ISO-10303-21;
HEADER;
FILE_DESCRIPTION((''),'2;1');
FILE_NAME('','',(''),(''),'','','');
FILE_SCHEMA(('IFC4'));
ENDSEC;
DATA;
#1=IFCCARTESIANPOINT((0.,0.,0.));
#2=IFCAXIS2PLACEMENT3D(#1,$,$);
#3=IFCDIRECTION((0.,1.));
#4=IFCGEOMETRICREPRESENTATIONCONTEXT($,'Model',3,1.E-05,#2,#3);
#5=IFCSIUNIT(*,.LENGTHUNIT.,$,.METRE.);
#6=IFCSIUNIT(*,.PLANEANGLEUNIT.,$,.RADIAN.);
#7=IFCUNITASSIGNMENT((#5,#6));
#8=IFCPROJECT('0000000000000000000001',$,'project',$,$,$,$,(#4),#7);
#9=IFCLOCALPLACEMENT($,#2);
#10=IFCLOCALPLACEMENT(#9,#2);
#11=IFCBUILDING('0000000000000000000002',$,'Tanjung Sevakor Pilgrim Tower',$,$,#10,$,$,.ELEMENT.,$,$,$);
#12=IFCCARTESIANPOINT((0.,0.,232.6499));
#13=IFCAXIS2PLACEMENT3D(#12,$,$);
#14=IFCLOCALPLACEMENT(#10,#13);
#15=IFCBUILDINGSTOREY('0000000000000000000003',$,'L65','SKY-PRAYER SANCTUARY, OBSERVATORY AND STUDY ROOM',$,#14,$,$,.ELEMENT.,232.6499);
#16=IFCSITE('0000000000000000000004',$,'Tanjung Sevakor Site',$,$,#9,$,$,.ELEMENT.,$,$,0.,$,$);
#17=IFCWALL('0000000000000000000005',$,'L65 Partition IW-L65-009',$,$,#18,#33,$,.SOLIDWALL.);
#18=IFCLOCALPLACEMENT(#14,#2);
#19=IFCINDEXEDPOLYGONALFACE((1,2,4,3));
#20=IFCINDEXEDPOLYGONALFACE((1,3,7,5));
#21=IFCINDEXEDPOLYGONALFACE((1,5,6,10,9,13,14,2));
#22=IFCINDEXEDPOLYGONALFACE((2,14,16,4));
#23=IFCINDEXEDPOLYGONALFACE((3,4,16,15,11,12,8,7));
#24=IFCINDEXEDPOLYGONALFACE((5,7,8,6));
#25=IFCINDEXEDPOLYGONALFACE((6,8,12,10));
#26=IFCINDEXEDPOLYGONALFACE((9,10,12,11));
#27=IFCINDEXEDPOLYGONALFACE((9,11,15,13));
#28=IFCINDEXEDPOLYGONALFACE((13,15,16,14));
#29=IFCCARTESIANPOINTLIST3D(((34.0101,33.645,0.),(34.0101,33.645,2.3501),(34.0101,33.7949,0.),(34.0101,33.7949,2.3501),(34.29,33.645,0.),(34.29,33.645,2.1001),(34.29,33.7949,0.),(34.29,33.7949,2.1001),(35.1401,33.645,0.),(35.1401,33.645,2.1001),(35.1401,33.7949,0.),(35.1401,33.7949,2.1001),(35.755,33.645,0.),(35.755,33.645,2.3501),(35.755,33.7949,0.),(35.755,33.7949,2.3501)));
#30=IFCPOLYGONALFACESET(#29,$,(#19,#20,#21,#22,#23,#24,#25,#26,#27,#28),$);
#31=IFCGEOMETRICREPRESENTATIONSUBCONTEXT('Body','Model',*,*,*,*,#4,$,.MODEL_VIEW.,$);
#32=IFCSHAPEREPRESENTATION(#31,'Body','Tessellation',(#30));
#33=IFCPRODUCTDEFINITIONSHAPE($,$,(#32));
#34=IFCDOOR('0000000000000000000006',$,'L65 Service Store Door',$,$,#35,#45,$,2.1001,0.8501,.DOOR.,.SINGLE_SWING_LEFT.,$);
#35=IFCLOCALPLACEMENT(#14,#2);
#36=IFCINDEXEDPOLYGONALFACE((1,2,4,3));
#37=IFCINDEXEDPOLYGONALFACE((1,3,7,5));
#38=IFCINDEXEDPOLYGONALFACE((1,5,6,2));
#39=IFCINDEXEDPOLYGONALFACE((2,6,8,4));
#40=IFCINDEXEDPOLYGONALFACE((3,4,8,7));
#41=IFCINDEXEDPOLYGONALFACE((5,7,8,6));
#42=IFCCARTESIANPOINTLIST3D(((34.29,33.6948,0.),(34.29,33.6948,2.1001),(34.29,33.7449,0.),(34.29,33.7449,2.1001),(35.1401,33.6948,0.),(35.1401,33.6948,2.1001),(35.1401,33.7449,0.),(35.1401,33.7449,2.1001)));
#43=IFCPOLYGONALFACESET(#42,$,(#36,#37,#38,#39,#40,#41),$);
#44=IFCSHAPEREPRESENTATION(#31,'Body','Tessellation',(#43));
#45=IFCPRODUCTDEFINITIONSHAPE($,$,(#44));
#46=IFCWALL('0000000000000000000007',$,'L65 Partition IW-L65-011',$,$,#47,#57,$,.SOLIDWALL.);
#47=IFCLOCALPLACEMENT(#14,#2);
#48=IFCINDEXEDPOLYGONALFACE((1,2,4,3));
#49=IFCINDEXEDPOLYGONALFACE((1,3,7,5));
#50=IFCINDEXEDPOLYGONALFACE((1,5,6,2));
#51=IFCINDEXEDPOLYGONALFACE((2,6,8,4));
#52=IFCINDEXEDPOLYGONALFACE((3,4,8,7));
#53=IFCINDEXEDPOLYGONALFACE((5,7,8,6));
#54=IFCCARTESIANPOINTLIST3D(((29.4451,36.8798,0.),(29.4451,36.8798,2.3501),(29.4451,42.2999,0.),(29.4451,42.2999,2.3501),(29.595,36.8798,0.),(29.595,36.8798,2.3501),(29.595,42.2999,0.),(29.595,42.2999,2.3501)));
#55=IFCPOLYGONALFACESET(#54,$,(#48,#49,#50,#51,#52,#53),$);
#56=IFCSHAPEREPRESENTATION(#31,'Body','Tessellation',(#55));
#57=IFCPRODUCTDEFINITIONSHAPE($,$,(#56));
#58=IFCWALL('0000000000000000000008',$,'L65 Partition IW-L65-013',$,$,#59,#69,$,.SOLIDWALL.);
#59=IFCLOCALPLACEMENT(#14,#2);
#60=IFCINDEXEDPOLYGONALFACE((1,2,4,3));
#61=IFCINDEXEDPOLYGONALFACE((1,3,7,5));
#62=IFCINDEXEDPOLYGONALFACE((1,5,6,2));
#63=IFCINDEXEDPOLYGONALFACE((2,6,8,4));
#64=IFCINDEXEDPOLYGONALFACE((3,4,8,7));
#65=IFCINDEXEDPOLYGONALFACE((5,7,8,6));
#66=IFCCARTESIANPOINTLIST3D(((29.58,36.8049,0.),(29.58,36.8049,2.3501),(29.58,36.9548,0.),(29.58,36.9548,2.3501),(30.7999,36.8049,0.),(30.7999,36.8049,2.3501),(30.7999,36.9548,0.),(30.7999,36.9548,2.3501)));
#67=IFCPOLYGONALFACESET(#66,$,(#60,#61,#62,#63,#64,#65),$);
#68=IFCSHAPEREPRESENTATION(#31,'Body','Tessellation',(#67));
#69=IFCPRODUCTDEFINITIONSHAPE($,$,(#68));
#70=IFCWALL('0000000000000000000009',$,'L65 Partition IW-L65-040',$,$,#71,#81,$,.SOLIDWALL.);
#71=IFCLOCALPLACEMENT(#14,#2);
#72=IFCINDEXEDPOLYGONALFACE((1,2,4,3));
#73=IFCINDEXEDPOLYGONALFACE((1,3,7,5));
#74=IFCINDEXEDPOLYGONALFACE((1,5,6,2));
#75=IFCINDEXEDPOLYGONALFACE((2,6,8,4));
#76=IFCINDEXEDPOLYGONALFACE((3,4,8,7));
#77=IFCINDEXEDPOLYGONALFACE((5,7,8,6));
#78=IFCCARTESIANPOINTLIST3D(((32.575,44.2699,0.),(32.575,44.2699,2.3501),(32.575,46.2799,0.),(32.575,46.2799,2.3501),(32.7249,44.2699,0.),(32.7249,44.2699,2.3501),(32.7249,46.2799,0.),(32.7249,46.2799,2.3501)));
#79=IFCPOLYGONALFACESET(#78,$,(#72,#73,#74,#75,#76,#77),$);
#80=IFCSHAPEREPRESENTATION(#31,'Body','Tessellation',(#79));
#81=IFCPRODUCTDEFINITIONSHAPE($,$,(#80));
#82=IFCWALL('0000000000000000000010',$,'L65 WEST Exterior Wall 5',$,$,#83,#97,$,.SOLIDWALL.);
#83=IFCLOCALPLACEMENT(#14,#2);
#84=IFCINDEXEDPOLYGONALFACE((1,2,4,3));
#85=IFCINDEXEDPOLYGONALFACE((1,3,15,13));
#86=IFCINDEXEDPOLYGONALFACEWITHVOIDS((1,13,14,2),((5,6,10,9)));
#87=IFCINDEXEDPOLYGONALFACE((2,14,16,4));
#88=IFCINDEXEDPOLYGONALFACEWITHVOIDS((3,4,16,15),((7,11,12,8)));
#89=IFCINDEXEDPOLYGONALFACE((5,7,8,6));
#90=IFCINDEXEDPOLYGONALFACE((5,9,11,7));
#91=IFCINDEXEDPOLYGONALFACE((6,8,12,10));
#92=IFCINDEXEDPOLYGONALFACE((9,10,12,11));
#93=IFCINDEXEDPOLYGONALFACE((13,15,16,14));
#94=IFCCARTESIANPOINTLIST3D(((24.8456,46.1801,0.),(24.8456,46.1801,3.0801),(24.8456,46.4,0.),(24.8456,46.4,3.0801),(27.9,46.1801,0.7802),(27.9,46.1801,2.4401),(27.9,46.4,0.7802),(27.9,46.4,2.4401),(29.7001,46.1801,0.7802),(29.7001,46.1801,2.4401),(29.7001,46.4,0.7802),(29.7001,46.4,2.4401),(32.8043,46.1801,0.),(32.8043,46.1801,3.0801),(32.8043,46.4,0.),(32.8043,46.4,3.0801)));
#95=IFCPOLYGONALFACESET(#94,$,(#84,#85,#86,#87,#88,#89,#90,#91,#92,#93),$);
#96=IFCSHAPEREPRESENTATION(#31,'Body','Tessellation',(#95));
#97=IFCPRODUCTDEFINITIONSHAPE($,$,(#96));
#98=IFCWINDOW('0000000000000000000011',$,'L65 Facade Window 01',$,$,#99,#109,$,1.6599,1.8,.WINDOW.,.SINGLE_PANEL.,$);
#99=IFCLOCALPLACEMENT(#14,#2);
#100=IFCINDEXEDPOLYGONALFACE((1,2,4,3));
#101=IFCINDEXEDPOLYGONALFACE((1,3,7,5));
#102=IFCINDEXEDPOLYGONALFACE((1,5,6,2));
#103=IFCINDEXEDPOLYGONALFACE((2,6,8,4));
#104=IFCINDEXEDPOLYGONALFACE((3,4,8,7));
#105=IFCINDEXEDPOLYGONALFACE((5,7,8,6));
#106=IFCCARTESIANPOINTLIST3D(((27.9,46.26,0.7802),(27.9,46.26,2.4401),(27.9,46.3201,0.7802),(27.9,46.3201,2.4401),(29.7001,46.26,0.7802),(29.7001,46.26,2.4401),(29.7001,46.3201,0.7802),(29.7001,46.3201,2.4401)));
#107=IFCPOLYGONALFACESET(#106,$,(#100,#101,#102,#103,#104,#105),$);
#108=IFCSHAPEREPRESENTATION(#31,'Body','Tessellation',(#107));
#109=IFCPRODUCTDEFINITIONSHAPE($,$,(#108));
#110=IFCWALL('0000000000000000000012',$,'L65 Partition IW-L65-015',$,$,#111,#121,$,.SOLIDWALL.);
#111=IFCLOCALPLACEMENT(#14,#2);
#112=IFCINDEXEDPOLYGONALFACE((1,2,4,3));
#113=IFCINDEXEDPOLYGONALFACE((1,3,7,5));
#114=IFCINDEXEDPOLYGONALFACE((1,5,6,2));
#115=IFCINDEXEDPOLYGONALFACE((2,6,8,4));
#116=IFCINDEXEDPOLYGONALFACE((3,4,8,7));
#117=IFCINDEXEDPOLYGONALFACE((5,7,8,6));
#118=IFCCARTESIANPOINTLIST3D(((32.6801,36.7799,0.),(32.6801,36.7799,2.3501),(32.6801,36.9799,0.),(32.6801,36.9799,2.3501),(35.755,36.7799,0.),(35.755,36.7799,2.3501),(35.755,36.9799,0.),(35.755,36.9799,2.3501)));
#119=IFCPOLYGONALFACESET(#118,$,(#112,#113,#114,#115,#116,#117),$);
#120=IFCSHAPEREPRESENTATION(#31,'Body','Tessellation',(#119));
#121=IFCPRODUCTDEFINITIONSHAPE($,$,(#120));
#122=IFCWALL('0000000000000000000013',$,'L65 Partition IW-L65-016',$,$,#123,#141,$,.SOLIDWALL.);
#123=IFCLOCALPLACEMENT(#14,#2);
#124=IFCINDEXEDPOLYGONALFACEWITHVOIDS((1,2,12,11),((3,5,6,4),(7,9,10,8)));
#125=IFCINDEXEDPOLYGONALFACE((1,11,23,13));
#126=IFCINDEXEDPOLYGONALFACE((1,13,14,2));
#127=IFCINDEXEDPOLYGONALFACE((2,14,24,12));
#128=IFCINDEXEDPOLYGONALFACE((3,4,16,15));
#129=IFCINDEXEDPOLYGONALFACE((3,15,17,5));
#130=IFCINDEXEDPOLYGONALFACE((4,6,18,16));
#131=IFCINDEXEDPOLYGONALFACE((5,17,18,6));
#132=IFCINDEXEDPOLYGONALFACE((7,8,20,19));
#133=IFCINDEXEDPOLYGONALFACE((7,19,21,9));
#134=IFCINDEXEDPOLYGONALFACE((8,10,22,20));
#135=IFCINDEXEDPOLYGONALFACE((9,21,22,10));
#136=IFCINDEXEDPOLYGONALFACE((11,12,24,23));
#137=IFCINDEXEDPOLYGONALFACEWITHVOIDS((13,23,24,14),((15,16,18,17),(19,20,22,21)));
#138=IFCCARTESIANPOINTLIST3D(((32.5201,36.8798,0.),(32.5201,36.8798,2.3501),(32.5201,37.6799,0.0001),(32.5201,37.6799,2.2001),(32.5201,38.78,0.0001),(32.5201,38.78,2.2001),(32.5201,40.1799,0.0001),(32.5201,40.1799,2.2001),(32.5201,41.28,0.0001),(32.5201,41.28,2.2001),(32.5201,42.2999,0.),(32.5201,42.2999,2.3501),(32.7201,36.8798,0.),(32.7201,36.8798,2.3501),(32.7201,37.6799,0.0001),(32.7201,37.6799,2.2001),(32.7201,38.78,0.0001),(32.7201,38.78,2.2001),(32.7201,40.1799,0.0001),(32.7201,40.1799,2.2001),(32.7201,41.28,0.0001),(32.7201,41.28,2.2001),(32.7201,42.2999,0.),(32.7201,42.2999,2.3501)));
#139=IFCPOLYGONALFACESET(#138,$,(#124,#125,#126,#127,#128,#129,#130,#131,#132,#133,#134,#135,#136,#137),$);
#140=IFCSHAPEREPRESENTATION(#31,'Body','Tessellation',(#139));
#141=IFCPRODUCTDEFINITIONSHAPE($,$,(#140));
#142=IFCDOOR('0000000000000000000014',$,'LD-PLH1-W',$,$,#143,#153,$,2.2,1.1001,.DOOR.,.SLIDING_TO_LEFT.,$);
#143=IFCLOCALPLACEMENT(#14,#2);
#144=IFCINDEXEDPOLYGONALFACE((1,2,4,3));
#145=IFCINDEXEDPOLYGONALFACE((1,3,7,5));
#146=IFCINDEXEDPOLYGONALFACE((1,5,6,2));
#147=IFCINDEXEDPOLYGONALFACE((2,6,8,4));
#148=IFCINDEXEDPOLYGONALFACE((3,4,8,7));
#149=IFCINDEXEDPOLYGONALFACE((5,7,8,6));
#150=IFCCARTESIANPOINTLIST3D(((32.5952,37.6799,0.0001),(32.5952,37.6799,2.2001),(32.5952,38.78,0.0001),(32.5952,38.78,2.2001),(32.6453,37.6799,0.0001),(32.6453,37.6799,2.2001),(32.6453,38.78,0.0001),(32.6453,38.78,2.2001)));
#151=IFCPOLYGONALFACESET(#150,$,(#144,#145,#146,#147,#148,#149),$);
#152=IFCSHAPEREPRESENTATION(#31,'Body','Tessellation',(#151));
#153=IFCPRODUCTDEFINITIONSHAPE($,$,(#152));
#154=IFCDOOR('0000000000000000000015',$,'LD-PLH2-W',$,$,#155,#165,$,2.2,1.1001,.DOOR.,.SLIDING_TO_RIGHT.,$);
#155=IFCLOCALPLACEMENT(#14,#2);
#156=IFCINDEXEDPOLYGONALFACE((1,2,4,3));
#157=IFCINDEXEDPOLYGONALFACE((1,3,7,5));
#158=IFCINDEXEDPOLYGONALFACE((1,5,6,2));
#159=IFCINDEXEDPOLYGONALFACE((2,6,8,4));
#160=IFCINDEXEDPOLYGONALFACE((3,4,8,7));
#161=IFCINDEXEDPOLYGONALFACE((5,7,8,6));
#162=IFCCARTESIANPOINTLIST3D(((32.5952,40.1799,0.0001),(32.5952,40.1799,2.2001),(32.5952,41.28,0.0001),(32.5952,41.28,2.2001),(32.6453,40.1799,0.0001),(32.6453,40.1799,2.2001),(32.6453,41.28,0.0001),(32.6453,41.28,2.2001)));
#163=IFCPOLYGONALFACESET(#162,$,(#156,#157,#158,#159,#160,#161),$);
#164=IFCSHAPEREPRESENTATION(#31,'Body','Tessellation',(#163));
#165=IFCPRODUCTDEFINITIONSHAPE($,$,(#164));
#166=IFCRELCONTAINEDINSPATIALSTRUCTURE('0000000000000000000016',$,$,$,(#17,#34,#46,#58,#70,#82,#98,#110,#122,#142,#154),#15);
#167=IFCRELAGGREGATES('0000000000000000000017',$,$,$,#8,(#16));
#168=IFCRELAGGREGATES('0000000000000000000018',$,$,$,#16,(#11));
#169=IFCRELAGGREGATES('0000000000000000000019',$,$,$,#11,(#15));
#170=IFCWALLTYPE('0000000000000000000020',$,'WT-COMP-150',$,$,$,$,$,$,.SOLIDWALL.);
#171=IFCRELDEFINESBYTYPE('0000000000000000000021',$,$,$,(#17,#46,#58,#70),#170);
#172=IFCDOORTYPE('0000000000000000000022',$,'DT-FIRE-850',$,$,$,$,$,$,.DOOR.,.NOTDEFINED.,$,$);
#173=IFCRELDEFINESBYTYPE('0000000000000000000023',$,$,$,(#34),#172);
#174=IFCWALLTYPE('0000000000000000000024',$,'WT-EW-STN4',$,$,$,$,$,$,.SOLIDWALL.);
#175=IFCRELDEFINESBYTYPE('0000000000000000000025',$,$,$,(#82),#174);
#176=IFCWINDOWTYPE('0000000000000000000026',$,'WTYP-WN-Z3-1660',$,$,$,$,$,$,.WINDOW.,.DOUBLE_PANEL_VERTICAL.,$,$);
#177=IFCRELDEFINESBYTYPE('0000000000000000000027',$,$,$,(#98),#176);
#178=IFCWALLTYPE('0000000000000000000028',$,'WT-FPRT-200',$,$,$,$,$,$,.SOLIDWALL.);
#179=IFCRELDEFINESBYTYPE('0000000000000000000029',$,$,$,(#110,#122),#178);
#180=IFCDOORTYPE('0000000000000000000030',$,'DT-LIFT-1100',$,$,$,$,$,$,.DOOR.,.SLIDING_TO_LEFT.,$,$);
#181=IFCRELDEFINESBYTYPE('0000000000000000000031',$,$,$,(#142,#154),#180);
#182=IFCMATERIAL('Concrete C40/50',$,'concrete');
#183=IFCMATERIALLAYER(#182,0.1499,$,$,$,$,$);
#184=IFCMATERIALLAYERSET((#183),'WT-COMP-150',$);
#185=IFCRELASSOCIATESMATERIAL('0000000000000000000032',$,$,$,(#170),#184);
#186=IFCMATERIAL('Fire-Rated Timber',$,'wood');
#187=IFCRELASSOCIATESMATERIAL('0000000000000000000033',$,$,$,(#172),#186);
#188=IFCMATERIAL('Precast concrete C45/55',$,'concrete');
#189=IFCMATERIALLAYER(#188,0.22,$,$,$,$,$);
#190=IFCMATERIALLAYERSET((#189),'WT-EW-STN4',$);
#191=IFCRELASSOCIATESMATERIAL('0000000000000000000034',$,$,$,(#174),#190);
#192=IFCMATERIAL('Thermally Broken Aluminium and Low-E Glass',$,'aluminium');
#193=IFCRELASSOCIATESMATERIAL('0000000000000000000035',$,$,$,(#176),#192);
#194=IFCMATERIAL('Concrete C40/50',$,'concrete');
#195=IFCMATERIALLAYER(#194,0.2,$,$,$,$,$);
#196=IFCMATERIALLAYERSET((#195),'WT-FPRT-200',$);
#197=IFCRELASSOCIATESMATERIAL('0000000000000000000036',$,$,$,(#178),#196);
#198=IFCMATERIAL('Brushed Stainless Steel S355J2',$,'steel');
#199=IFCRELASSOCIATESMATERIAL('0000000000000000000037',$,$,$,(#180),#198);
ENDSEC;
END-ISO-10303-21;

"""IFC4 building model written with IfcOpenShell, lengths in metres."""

from ifc_helpers import new_model, si_unit, direction, frame, frame_2d, origin, place, context, subcontext, project, spatial, rectangle, extrude, material, layer, layer_set, type_object, element, fill, save


model = new_model("IFC4")

# Units and contexts
model_context = context("Model", 3, precision=1e-05, world=origin(), true_north=direction((0.0, 1.0)))
body_context = subcontext(model_context, "Body", "Model", "MODEL_VIEW")
ifc_project = project(units=[si_unit("LENGTHUNIT", "METRE"), si_unit("PLANEANGLEUNIT", "RADIAN")], contexts=[model_context])

# Site, building, storey
site_placement = place(None, origin())
site = spatial("IfcSite", under=ifc_project, at=site_placement, Name="Tanjung Sevakor Site", CompositionType="ELEMENT", RefElevation=0.0)
building_placement = place(site_placement, origin())
building = spatial("IfcBuilding", under=site, at=building_placement, Name="Tanjung Sevakor Pilgrim Tower", CompositionType="ELEMENT")
storey_placement = place(building_placement, frame((0.0, 0.0, 232.6499)))
storey = spatial("IfcBuildingStorey", under=building, at=storey_placement, Name="L65", Description="SKY-PRAYER SANCTUARY, OBSERVATORY AND STUDY ROOM", CompositionType="ELEMENT", Elevation=232.6499)

# Wall, opening, door
ifc_material_1 = material(Name="Concrete C40/50", Category="concrete")
ifc_layer_1 = layer(ifc_material_1, 0.1499)
ifc_layer_set_1 = layer_set([ifc_layer_1], Name="WT-COMP-150")
wall_type_1 = type_object("IfcWallType", Name="WT-COMP-150", PredefinedType="SOLIDWALL", material=ifc_layer_set_1)
wall_1_placement = place(storey_placement, frame((34.01, 33.72, 0.0), z_axis=(0.0, 0.0, 1.0), x_axis=(1.0, 0.0, 0.0)))
wall_1 = element("IfcWall", 1, at=wall_1_placement, inside=storey, type_object=wall_type_1, Name="L65 Partition IW-L65-009", PredefinedType="SOLIDWALL", context=body_context, shape_type="SweptSolid", body=[
    extrude(rectangle(XDim=1.7449, YDim=0.1499, at=frame_2d((0.8726, 0.0))), origin(), (0.0, 0.0, 1.0), 2.3501),
])
opening_1_placement = place(wall_1_placement, frame((0.28, 0.0, 0.0)))
opening_1 = element("IfcOpeningElement", 2, at=opening_1_placement, cuts=wall_1, PredefinedType="OPENING", context=body_context, shape_type="SweptSolid", body=[
    extrude(rectangle(XDim=0.8501, YDim=2.1001, at=frame_2d((0.425, 1.05))), frame((0.0, 0.085, 0.0), z_axis=(0.0, -1.0, 0.0), x_axis=(1.0, 0.0, 0.0)), (0.0, 0.0, 1.0), 0.1699),
])
ifc_material_2 = material(Name="Fire-Rated Timber", Category="wood")
door_type_1 = type_object("IfcDoorType", Name="DT-FIRE-850", OperationType="NOTDEFINED", PredefinedType="DOOR", material=ifc_material_2)
door_1_placement = place(opening_1_placement, origin())
door_1 = element("IfcDoor", 3, at=door_1_placement, inside=storey, type_object=door_type_1, Name="L65 Service Store Door", OperationType="SINGLE_SWING_LEFT", OverallHeight=2.1001, OverallWidth=0.8501, PredefinedType="DOOR", context=body_context, shape_type="SweptSolid", body=[
    extrude(rectangle(XDim=0.8501, YDim=2.1001, at=frame_2d((0.425, 1.05))), frame((0.0, 0.0249, 0.0), z_axis=(0.0, -1.0, 0.0), x_axis=(1.0, 0.0, 0.0)), (0.0, 0.0, 1.0), 0.05),
])
fill(opening_1, door_1)

# Walls
wall_2_placement = place(storey_placement, frame((29.52, 36.8799, 0.0), z_axis=(0.0, 0.0, 1.0), x_axis=(0.0, 1.0, 0.0)))
element("IfcWall", 4, at=wall_2_placement, inside=storey, type_object=wall_type_1, Name="L65 Partition IW-L65-011", PredefinedType="SOLIDWALL", context=body_context, shape_type="SweptSolid", body=[
    extrude(rectangle(XDim=5.4202, YDim=0.1499, at=frame_2d((2.71, 0.0))), origin(), (0.0, 0.0, 1.0), 2.3501),
])
wall_3_placement = place(storey_placement, frame((29.5801, 36.8799, 0.0), z_axis=(0.0, 0.0, 1.0), x_axis=(1.0, 0.0, 0.0)))
element("IfcWall", 5, at=wall_3_placement, inside=storey, type_object=wall_type_1, Name="L65 Partition IW-L65-013", PredefinedType="SOLIDWALL", context=body_context, shape_type="SweptSolid", body=[
    extrude(rectangle(XDim=1.22, YDim=0.1499, at=frame_2d((0.6099, 0.0))), origin(), (0.0, 0.0, 1.0), 2.3501),
])

# Wall
wall_4_placement = place(storey_placement, frame((32.6499, 44.27, 0.0), z_axis=(0.0, 0.0, 1.0), x_axis=(0.0, 1.0, 0.0)))
element("IfcWall", 6, at=wall_4_placement, inside=storey, type_object=wall_type_1, Name="L65 Partition IW-L65-040", PredefinedType="SOLIDWALL", context=body_context, shape_type="SweptSolid", body=[
    extrude(rectangle(XDim=2.01, YDim=0.1499, at=frame_2d((1.0049, 0.0))), origin(), (0.0, 0.0, 1.0), 2.3501),
])

# Wall, opening, window
ifc_material_3 = material(Name="Precast concrete C45/55", Category="concrete")
ifc_layer_2 = layer(ifc_material_3, 0.22)
ifc_layer_set_2 = layer_set([ifc_layer_2], Name="WT-EW-STN4")
wall_type_2 = type_object("IfcWallType", Name="WT-EW-STN4", PredefinedType="SOLIDWALL", material=ifc_layer_set_2)
wall_5_placement = place(storey_placement, frame((32.8044, 46.29, 0.0), z_axis=(0.0, 0.0, 1.0), x_axis=(-1.0, 0.0, 0.0)))
wall_5 = element("IfcWall", 7, at=wall_5_placement, inside=storey, type_object=wall_type_2, Name="L65 WEST Exterior Wall 5", PredefinedType="SOLIDWALL", context=body_context, shape_type="SweptSolid", body=[
    extrude(rectangle(XDim=7.9587, YDim=0.22, at=frame_2d((3.9795, 0.0))), origin(), (0.0, 0.0, 1.0), 3.0801),
])
opening_2_placement = place(wall_5_placement, frame((3.1045, 0.0, 0.78)))
opening_2 = element("IfcOpeningElement", 8, at=opening_2_placement, cuts=wall_5, PredefinedType="OPENING", context=body_context, shape_type="SweptSolid", body=[
    extrude(rectangle(XDim=1.8, YDim=1.6599, at=frame_2d((0.8999, 0.8301))), frame((0.0, 0.1199, 0.0), z_axis=(0.0, -1.0, 0.0), x_axis=(1.0, 0.0, 0.0)), (0.0, 0.0, 1.0), 0.24),
])
ifc_material_4 = material(Name="Thermally Broken Aluminium and Low-E Glass", Category="aluminium")
window_type = type_object("IfcWindowType", Name="WTYP-WN-Z3-1660", PartitioningType="DOUBLE_PANEL_VERTICAL", PredefinedType="WINDOW", material=ifc_material_4)
window_placement = place(opening_2_placement, origin())
window = element("IfcWindow", 9, at=window_placement, inside=storey, type_object=window_type, Name="L65 Facade Window 01", OverallHeight=1.6599, OverallWidth=1.8, PartitioningType="SINGLE_PANEL", PredefinedType="WINDOW", context=body_context, shape_type="SweptSolid", body=[
    extrude(rectangle(XDim=1.8, YDim=1.6599, at=frame_2d((0.8999, 0.8301))), frame((0.0, 0.03, 0.0), z_axis=(0.0, -1.0, 0.0), x_axis=(1.0, 0.0, 0.0)), (0.0, 0.0, 1.0), 0.0601),
])
fill(opening_2, window)

# Wall
ifc_material_5 = material(Name="Concrete C40/50", Category="concrete")
ifc_layer_3 = layer(ifc_material_5, 0.2)
ifc_layer_set_3 = layer_set([ifc_layer_3], Name="WT-FPRT-200")
wall_type_3 = type_object("IfcWallType", Name="WT-FPRT-200", PredefinedType="SOLIDWALL", material=ifc_layer_set_3)
wall_6_placement = place(storey_placement, frame((32.6799, 36.8799, 0.0), z_axis=(0.0, 0.0, 1.0), x_axis=(1.0, 0.0, 0.0)))
element("IfcWall", 10, at=wall_6_placement, inside=storey, type_object=wall_type_3, Name="L65 Partition IW-L65-015", PredefinedType="SOLIDWALL", context=body_context, shape_type="SweptSolid", body=[
    extrude(rectangle(XDim=3.075, YDim=0.2, at=frame_2d((1.5376, 0.0))), origin(), (0.0, 0.0, 1.0), 2.3501),
])

# Wall, openings, doors
wall_7_placement = place(storey_placement, frame((32.6201, 36.8799, 0.0), z_axis=(0.0, 0.0, 1.0), x_axis=(0.0, 1.0, 0.0)))
wall_7 = element("IfcWall", 11, at=wall_7_placement, inside=storey, type_object=wall_type_3, Name="L65 Partition IW-L65-016", PredefinedType="SOLIDWALL", context=body_context, shape_type="SweptSolid", body=[
    extrude(rectangle(XDim=5.4202, YDim=0.2, at=frame_2d((2.71, 0.0))), origin(), (0.0, 0.0, 1.0), 2.3501),
])
opening_3_placement = place(wall_7_placement, frame((0.8, 0.0, 0.0)))
opening_3 = element("IfcOpeningElement", 12, at=opening_3_placement, cuts=wall_7, PredefinedType="OPENING", context=body_context, shape_type="SweptSolid", body=[
    extrude(rectangle(XDim=1.1001, YDim=2.2, at=frame_2d((0.55, 1.1001))), frame((0.0, 0.1099, 0.0), z_axis=(0.0, -1.0, 0.0), x_axis=(1.0, 0.0, 0.0)), (0.0, 0.0, 1.0), 0.22),
])
opening_4_placement = place(wall_7_placement, frame((3.3, 0.0, 0.0)))
opening_4 = element("IfcOpeningElement", 13, at=opening_4_placement, cuts=wall_7, PredefinedType="OPENING", context=body_context, shape_type="SweptSolid", body=[
    extrude(rectangle(XDim=1.1001, YDim=2.2, at=frame_2d((0.55, 1.1001))), frame((0.0, 0.1099, 0.0), z_axis=(0.0, -1.0, 0.0), x_axis=(1.0, 0.0, 0.0)), (0.0, 0.0, 1.0), 0.22),
])
ifc_material_6 = material(Name="Brushed Stainless Steel S355J2", Category="steel")
door_type_2 = type_object("IfcDoorType", Name="DT-LIFT-1100", OperationType="SLIDING_TO_LEFT", PredefinedType="DOOR", material=ifc_material_6)
door_2_placement = place(opening_3_placement, origin())
door_2 = element("IfcDoor", 14, at=door_2_placement, inside=storey, type_object=door_type_2, Name="LD-PLH1-W", OperationType="SLIDING_TO_LEFT", OverallHeight=2.2, OverallWidth=1.1001, PredefinedType="DOOR", context=body_context, shape_type="SweptSolid", body=[
    extrude(rectangle(XDim=1.1001, YDim=2.2, at=frame_2d((0.55, 1.1001))), frame((0.0, 0.0249, 0.0), z_axis=(0.0, -1.0, 0.0), x_axis=(1.0, 0.0, 0.0)), (0.0, 0.0, 1.0), 0.05),
])
fill(opening_3, door_2)
door_3_placement = place(opening_4_placement, origin())
door_3 = element("IfcDoor", 15, at=door_3_placement, inside=storey, type_object=door_type_2, Name="LD-PLH2-W", OperationType="SLIDING_TO_RIGHT", OverallHeight=2.2, OverallWidth=1.1001, PredefinedType="DOOR", context=body_context, shape_type="SweptSolid", body=[
    extrude(rectangle(XDim=1.1001, YDim=2.2, at=frame_2d((0.55, 1.1001))), frame((0.0, 0.0249, 0.0), z_axis=(0.0, -1.0, 0.0), x_axis=(1.0, 0.0, 0.0)), (0.0, 0.0, 1.0), 0.05),
])
fill(opening_4, door_3)

save(model, "model.ifc")
